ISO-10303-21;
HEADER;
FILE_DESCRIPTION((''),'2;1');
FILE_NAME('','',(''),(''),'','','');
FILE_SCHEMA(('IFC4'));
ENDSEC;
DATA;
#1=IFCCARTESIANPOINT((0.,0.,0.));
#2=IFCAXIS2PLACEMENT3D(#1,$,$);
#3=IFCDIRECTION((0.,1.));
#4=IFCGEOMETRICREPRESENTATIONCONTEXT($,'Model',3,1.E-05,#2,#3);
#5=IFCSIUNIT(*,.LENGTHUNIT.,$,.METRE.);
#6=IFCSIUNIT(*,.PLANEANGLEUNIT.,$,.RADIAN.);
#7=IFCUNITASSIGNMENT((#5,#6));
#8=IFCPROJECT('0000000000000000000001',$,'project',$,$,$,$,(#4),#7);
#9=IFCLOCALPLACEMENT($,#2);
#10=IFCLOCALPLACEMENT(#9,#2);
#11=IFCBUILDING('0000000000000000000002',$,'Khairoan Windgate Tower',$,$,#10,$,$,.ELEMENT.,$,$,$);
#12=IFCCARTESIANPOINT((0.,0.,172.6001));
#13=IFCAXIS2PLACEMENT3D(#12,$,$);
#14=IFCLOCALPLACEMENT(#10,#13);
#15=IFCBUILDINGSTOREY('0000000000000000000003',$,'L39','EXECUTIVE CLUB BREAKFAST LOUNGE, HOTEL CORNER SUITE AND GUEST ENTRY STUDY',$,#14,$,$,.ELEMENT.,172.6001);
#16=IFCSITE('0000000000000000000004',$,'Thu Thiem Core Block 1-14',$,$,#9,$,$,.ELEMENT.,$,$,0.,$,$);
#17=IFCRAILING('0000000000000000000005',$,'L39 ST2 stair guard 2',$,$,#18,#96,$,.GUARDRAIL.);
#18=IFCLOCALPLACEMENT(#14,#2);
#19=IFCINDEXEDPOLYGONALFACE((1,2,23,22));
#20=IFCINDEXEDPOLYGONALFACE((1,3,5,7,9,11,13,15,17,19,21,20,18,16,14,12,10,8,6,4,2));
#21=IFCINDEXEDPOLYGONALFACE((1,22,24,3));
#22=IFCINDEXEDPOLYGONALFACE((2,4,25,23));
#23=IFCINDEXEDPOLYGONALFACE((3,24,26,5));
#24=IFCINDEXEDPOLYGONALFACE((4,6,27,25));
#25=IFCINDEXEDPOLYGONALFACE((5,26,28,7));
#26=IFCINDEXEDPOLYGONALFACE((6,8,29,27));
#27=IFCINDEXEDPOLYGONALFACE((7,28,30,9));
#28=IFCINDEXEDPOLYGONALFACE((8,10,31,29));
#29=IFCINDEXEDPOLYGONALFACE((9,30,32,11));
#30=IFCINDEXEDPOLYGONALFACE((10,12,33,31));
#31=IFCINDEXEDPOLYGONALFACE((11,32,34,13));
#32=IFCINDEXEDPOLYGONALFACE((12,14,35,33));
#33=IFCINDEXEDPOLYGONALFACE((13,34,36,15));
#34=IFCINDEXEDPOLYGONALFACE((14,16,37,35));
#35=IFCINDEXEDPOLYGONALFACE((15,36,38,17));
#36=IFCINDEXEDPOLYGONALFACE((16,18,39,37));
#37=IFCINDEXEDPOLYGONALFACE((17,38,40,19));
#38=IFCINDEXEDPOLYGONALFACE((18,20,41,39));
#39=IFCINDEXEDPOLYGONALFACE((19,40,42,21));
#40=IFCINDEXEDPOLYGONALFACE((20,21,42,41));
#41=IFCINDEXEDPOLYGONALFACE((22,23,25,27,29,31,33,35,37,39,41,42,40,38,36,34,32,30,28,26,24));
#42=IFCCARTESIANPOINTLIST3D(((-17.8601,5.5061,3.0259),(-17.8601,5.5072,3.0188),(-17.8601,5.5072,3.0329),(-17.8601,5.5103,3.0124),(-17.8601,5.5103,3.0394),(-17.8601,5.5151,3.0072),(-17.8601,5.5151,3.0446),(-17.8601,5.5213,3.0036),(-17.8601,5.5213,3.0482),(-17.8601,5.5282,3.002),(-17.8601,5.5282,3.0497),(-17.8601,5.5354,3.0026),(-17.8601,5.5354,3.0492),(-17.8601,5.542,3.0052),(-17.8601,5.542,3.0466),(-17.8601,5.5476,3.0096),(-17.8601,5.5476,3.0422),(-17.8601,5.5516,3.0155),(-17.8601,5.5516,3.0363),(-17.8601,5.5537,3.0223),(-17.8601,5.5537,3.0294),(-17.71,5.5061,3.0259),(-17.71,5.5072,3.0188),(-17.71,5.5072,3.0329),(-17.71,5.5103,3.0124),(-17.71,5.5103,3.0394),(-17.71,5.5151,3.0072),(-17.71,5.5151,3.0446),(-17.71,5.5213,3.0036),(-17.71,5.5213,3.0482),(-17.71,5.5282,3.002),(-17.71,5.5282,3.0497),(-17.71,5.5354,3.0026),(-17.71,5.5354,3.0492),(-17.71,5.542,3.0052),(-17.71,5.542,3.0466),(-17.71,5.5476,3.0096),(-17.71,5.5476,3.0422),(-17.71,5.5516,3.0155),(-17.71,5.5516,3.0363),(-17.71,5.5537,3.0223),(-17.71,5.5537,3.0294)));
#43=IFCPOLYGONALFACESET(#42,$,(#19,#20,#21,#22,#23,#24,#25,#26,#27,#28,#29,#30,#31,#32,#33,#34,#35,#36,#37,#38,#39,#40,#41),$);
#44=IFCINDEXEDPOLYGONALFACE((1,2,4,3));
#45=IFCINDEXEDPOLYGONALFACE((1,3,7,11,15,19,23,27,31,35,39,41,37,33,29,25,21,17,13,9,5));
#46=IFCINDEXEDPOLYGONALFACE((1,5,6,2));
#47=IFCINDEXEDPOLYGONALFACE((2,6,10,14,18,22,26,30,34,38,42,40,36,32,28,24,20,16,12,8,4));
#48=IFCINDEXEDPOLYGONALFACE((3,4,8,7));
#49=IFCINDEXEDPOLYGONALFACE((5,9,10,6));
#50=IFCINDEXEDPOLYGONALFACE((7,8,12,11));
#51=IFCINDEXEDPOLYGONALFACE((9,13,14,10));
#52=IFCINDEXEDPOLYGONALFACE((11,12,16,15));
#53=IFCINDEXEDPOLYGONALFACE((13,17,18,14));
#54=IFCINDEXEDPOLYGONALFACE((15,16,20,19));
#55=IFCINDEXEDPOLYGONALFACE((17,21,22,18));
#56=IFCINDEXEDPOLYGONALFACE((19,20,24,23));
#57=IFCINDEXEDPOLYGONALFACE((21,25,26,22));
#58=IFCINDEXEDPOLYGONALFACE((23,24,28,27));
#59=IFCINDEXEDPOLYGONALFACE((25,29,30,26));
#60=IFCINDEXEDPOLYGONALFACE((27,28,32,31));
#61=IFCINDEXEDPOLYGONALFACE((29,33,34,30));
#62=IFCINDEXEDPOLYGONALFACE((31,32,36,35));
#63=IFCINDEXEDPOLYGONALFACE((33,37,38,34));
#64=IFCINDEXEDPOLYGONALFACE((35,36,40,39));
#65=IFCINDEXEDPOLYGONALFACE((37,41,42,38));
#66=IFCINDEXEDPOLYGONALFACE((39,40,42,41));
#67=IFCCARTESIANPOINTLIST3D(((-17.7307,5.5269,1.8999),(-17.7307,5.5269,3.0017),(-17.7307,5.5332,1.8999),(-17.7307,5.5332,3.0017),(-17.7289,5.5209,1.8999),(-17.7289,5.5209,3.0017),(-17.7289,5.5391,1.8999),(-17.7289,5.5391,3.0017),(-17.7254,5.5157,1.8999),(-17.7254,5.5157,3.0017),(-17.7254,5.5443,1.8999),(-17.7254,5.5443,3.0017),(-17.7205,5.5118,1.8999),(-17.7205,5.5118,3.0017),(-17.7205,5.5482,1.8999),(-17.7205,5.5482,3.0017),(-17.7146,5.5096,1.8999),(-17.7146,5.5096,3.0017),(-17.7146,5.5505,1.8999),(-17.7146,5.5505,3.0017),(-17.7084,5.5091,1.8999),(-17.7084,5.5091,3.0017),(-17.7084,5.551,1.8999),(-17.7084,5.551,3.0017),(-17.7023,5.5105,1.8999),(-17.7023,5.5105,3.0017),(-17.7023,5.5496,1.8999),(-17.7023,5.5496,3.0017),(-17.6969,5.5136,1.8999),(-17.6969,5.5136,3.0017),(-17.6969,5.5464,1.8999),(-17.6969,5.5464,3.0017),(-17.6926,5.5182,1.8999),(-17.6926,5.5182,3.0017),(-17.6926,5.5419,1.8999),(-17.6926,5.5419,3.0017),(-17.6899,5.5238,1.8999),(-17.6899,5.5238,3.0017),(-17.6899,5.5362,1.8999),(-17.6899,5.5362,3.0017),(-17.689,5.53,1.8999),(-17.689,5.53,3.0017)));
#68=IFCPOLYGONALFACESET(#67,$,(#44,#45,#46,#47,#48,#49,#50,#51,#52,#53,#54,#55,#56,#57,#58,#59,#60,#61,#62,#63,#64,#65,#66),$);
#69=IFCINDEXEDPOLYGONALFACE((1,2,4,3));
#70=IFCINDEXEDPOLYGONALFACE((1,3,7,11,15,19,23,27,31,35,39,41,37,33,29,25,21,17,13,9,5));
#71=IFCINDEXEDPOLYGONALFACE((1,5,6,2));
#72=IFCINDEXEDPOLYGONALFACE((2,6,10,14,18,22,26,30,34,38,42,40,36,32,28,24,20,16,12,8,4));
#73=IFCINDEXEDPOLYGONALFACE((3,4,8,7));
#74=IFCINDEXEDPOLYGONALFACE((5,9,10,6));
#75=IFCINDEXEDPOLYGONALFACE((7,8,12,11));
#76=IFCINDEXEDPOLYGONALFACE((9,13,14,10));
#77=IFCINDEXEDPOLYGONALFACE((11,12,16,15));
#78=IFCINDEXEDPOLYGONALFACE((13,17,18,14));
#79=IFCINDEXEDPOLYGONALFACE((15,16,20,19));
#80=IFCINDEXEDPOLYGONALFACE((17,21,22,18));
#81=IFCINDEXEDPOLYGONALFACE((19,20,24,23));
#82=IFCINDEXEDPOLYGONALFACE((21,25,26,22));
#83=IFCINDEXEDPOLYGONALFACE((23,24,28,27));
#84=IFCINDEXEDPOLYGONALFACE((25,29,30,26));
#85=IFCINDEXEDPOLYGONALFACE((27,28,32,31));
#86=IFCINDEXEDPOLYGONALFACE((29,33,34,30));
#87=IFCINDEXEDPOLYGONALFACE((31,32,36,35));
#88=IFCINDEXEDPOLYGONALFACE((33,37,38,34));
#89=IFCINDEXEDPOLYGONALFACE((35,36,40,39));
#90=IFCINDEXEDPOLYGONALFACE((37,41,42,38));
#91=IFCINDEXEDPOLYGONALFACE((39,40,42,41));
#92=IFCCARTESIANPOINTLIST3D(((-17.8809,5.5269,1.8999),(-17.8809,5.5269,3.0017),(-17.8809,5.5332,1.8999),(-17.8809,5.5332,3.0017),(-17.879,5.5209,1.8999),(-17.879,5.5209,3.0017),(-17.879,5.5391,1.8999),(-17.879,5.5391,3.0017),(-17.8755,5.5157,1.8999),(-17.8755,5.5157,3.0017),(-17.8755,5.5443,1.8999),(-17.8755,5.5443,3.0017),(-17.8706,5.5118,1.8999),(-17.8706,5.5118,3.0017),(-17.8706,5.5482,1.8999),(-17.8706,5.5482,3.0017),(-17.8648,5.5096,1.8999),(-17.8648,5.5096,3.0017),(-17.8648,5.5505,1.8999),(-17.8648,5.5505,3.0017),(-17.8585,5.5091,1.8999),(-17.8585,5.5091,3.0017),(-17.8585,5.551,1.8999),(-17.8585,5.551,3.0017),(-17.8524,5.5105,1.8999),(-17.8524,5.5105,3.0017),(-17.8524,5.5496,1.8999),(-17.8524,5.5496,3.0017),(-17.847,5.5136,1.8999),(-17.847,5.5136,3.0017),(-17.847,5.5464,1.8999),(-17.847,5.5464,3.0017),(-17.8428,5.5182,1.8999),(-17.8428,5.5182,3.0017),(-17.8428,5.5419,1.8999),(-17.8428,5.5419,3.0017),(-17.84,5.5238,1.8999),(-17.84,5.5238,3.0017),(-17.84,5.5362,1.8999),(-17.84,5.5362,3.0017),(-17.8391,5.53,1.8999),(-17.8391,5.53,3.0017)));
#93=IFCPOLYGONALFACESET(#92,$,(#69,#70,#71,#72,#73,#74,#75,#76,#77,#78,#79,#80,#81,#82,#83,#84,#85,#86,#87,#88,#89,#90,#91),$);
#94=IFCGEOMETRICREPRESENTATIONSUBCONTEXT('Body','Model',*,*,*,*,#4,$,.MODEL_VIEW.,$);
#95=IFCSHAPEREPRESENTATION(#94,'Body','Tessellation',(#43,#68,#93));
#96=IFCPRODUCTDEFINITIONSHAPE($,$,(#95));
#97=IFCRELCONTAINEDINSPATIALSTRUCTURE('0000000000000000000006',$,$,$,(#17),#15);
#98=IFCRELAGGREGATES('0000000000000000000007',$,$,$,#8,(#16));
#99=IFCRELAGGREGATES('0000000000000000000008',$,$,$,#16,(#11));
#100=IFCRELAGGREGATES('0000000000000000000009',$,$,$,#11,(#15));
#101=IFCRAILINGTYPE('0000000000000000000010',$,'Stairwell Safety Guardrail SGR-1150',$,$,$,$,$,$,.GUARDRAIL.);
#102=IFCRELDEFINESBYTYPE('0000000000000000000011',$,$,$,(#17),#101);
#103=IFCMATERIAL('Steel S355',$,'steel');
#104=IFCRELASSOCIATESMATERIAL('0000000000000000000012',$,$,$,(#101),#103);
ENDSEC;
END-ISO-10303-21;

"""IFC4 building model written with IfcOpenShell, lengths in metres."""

from ifc_helpers import new_model, si_unit, direction, frame, origin, origin_2d, place, context, subcontext, project, spatial, circle, extrude, material, type_object, element, save


model = new_model("IFC4")

# Units and contexts
model_context = context("Model", 3, precision=1e-05, world=origin(), true_north=direction((0.0, 1.0)))
body_context = subcontext(model_context, "Body", "Model", "MODEL_VIEW")
ifc_project = project(units=[si_unit("LENGTHUNIT", "METRE"), si_unit("PLANEANGLEUNIT", "RADIAN")], contexts=[model_context])

# Site, building, storey
site_placement = place(None, origin())
site = spatial("IfcSite", under=ifc_project, at=site_placement, Name="Thu Thiem Core Block 1-14", CompositionType="ELEMENT", RefElevation=0.0)
building_placement = place(site_placement, origin())
building = spatial("IfcBuilding", under=site, at=building_placement, Name="Khairoan Windgate Tower", CompositionType="ELEMENT")
storey_placement = place(building_placement, frame((0.0, 0.0, 172.6001)))
storey = spatial("IfcBuildingStorey", under=building, at=storey_placement, Name="L39", Description="EXECUTIVE CLUB BREAKFAST LOUNGE, HOTEL CORNER SUITE AND GUEST ENTRY STUDY", CompositionType="ELEMENT", Elevation=172.6001)

# Railing
ifc_material_1 = material(Name="Steel S355", Category="steel")
railing_type_1 = type_object("IfcRailingType", Name="Stairwell Safety Guardrail SGR-1150", PredefinedType="GUARDRAIL", material=ifc_material_1)
railing_1_placement = place(storey_placement, frame((-17.71, 5.53, 1.8999)))
element("IfcRailing", 1, at=railing_1_placement, inside=storey, type_object=railing_type_1, Name="L39 ST2 stair guard 2", PredefinedType="GUARDRAIL", context=body_context, shape_type="SweptSolid", body=[
    extrude(circle(Radius=0.0239, at=origin_2d()), frame((0.0, 0.0, 1.126), z_axis=(-1.0, 0.0, 0.0), x_axis=(0.0, -1.0, 0.0)), (0.0, 0.0, 1.0), 0.1501),
    extrude(circle(Radius=0.021, at=origin_2d()), origin(), (0.0, 0.0, 1.0), 1.1018),
    extrude(circle(Radius=0.021, at=origin_2d()), frame((-0.1501, 0.0, 0.0)), (0.0, 0.0, 1.0), 1.1018),
])

save(model, "model.ifc")
